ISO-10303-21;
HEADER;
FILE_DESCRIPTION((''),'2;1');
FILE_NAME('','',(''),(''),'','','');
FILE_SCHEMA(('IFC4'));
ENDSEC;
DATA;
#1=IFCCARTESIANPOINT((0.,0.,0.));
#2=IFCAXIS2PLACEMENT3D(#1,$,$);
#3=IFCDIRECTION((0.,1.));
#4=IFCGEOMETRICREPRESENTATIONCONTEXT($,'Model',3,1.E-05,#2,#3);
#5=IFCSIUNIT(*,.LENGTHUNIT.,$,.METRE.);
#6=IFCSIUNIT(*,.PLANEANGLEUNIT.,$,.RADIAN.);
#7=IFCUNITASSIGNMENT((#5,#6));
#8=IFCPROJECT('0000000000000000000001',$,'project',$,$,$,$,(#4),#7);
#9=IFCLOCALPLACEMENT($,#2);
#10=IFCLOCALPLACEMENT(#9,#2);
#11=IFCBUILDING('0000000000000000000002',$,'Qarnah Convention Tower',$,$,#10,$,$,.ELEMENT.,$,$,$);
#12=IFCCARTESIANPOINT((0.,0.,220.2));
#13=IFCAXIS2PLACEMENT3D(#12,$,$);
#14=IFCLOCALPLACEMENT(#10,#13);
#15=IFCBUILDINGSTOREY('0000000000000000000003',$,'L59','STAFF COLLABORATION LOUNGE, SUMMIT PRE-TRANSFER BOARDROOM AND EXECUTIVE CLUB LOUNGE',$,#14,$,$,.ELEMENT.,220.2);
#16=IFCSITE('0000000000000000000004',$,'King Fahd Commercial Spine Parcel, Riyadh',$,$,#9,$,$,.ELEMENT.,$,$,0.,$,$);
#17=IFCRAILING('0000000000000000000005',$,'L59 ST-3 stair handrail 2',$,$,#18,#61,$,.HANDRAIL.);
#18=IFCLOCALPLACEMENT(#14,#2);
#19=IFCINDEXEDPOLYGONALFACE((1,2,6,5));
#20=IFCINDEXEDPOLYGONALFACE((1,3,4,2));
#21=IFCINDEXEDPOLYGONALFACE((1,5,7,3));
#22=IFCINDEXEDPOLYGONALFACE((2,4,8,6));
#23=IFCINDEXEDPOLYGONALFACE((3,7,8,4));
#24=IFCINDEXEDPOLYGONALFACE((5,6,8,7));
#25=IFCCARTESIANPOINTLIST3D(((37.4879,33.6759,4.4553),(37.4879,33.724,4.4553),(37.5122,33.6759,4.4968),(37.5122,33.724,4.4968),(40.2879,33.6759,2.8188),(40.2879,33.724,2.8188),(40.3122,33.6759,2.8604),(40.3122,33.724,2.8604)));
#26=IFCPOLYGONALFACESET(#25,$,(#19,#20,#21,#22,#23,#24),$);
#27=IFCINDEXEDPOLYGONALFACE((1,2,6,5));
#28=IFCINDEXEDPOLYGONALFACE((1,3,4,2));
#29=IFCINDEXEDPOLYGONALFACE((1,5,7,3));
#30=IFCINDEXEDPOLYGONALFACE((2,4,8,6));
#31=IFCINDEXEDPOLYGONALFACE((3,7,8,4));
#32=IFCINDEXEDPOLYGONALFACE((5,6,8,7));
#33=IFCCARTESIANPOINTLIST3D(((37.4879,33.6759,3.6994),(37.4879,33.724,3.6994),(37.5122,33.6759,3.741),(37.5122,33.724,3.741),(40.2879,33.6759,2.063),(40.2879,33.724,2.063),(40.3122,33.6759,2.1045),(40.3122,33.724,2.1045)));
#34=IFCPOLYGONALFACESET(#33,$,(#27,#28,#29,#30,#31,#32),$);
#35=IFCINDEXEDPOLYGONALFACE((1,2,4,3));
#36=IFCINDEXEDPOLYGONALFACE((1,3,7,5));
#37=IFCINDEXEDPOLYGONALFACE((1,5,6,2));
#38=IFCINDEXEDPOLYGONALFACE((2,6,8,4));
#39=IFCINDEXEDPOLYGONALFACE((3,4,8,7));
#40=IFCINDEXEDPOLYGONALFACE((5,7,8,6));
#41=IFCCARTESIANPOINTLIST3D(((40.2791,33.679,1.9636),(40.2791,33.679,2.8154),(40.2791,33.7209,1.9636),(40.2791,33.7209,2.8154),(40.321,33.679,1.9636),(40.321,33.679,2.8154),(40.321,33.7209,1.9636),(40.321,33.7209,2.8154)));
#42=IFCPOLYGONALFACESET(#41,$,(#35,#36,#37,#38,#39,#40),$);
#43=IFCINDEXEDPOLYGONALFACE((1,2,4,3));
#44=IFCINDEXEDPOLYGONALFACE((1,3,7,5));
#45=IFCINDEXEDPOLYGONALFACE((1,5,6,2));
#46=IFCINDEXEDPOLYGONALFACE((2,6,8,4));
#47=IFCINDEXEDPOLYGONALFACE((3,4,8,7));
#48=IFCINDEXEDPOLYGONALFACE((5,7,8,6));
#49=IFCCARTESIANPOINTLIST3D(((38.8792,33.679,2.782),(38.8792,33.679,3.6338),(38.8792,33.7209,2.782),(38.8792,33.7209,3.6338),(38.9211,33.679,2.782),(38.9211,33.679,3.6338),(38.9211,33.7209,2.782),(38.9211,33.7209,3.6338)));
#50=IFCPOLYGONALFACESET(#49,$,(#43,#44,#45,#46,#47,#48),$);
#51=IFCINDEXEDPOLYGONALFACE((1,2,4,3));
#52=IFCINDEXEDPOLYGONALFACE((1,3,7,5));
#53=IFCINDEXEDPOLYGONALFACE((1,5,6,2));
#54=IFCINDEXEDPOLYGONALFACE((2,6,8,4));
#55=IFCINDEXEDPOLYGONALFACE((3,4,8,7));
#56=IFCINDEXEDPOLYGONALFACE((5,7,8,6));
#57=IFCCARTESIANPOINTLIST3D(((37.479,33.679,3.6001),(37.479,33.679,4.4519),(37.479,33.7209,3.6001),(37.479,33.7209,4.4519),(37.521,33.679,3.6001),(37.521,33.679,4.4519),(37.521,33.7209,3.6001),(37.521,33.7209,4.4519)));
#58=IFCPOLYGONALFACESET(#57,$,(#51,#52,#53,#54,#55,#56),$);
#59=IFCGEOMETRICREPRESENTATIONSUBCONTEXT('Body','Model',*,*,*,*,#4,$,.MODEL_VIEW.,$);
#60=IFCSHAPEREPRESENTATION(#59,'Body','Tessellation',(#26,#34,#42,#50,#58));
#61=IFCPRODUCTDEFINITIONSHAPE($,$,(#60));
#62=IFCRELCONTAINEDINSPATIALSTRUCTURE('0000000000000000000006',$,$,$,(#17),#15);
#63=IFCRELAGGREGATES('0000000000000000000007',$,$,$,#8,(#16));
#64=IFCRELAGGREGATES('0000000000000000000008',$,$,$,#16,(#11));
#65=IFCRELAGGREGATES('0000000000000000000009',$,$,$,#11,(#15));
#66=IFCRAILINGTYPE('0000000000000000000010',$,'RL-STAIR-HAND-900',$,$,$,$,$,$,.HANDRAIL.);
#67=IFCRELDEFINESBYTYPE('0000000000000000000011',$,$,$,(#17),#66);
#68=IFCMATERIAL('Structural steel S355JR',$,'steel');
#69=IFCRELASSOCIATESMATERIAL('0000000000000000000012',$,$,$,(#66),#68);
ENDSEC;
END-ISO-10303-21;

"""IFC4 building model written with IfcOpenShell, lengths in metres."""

from ifc_helpers import new_model, si_unit, direction, frame, origin, origin_2d, place, context, subcontext, project, spatial, rectangle, extrude, material, type_object, element, save


model = new_model("IFC4")

# Units and contexts
model_context = context("Model", 3, precision=1e-05, world=origin(), true_north=direction((0.0, 1.0)))
body_context = subcontext(model_context, "Body", "Model", "MODEL_VIEW")
ifc_project = project(units=[si_unit("LENGTHUNIT", "METRE"), si_unit("PLANEANGLEUNIT", "RADIAN")], contexts=[model_context])

# Site, building, storey
site_placement = place(None, origin())
site = spatial("IfcSite", under=ifc_project, at=site_placement, Name="King Fahd Commercial Spine Parcel, Riyadh", CompositionType="ELEMENT", RefElevation=0.0)
building_placement = place(site_placement, origin())
building = spatial("IfcBuilding", under=site, at=building_placement, Name="Qarnah Convention Tower", CompositionType="ELEMENT")
storey_placement = place(building_placement, frame((0.0, 0.0, 220.2)))
storey = spatial("IfcBuildingStorey", under=building, at=storey_placement, Name="L59", Description="STAFF COLLABORATION LOUNGE, SUMMIT PRE-TRANSFER BOARDROOM AND EXECUTIVE CLUB LOUNGE", CompositionType="ELEMENT", Elevation=220.2)

# Shared definitions
ifc_material_1 = material(Name="Structural steel S355JR", Category="steel")

# Railing
railing_type_1 = type_object("IfcRailingType", Name="RL-STAIR-HAND-900", PredefinedType="HANDRAIL", material=ifc_material_1)
railing_1_placement = place(storey_placement, frame((40.3, 33.7, 1.9636)))
element("IfcRailing", 1, at=railing_1_placement, inside=storey, type_object=railing_type_1, Name="L59 ST-3 stair handrail 2", PredefinedType="HANDRAIL", context=body_context, shape_type="SweptSolid", body=[
    extrude(rectangle(XDim=0.0481, YDim=0.0481, at=origin_2d()), frame((0.0, 0.0, 0.876), z_axis=(-0.863361, 0.0, 0.504587), x_axis=(0.0, -1.0, 0.0)), (0.0, 0.0, 1.0), 3.2432),
    extrude(rectangle(XDim=0.0481, YDim=0.0481, at=origin_2d()), frame((0.0, 0.0, 0.1201), z_axis=(-0.863361, 0.0, 0.504587), x_axis=(0.0, -1.0, 0.0)), (0.0, 0.0, 1.0), 3.2432),
    extrude(rectangle(XDim=0.042, YDim=0.042, at=origin_2d()), origin(), (0.0, 0.0, 1.0), 0.8518),
    extrude(rectangle(XDim=0.042, YDim=0.042, at=origin_2d()), frame((-1.3999, 0.0, 0.8184)), (0.0, 0.0, 1.0), 0.8518),
    extrude(rectangle(XDim=0.042, YDim=0.042, at=origin_2d()), frame((-2.8, 0.0, 1.6365)), (0.0, 0.0, 1.0), 0.8518),
])

save(model, "model.ifc")
